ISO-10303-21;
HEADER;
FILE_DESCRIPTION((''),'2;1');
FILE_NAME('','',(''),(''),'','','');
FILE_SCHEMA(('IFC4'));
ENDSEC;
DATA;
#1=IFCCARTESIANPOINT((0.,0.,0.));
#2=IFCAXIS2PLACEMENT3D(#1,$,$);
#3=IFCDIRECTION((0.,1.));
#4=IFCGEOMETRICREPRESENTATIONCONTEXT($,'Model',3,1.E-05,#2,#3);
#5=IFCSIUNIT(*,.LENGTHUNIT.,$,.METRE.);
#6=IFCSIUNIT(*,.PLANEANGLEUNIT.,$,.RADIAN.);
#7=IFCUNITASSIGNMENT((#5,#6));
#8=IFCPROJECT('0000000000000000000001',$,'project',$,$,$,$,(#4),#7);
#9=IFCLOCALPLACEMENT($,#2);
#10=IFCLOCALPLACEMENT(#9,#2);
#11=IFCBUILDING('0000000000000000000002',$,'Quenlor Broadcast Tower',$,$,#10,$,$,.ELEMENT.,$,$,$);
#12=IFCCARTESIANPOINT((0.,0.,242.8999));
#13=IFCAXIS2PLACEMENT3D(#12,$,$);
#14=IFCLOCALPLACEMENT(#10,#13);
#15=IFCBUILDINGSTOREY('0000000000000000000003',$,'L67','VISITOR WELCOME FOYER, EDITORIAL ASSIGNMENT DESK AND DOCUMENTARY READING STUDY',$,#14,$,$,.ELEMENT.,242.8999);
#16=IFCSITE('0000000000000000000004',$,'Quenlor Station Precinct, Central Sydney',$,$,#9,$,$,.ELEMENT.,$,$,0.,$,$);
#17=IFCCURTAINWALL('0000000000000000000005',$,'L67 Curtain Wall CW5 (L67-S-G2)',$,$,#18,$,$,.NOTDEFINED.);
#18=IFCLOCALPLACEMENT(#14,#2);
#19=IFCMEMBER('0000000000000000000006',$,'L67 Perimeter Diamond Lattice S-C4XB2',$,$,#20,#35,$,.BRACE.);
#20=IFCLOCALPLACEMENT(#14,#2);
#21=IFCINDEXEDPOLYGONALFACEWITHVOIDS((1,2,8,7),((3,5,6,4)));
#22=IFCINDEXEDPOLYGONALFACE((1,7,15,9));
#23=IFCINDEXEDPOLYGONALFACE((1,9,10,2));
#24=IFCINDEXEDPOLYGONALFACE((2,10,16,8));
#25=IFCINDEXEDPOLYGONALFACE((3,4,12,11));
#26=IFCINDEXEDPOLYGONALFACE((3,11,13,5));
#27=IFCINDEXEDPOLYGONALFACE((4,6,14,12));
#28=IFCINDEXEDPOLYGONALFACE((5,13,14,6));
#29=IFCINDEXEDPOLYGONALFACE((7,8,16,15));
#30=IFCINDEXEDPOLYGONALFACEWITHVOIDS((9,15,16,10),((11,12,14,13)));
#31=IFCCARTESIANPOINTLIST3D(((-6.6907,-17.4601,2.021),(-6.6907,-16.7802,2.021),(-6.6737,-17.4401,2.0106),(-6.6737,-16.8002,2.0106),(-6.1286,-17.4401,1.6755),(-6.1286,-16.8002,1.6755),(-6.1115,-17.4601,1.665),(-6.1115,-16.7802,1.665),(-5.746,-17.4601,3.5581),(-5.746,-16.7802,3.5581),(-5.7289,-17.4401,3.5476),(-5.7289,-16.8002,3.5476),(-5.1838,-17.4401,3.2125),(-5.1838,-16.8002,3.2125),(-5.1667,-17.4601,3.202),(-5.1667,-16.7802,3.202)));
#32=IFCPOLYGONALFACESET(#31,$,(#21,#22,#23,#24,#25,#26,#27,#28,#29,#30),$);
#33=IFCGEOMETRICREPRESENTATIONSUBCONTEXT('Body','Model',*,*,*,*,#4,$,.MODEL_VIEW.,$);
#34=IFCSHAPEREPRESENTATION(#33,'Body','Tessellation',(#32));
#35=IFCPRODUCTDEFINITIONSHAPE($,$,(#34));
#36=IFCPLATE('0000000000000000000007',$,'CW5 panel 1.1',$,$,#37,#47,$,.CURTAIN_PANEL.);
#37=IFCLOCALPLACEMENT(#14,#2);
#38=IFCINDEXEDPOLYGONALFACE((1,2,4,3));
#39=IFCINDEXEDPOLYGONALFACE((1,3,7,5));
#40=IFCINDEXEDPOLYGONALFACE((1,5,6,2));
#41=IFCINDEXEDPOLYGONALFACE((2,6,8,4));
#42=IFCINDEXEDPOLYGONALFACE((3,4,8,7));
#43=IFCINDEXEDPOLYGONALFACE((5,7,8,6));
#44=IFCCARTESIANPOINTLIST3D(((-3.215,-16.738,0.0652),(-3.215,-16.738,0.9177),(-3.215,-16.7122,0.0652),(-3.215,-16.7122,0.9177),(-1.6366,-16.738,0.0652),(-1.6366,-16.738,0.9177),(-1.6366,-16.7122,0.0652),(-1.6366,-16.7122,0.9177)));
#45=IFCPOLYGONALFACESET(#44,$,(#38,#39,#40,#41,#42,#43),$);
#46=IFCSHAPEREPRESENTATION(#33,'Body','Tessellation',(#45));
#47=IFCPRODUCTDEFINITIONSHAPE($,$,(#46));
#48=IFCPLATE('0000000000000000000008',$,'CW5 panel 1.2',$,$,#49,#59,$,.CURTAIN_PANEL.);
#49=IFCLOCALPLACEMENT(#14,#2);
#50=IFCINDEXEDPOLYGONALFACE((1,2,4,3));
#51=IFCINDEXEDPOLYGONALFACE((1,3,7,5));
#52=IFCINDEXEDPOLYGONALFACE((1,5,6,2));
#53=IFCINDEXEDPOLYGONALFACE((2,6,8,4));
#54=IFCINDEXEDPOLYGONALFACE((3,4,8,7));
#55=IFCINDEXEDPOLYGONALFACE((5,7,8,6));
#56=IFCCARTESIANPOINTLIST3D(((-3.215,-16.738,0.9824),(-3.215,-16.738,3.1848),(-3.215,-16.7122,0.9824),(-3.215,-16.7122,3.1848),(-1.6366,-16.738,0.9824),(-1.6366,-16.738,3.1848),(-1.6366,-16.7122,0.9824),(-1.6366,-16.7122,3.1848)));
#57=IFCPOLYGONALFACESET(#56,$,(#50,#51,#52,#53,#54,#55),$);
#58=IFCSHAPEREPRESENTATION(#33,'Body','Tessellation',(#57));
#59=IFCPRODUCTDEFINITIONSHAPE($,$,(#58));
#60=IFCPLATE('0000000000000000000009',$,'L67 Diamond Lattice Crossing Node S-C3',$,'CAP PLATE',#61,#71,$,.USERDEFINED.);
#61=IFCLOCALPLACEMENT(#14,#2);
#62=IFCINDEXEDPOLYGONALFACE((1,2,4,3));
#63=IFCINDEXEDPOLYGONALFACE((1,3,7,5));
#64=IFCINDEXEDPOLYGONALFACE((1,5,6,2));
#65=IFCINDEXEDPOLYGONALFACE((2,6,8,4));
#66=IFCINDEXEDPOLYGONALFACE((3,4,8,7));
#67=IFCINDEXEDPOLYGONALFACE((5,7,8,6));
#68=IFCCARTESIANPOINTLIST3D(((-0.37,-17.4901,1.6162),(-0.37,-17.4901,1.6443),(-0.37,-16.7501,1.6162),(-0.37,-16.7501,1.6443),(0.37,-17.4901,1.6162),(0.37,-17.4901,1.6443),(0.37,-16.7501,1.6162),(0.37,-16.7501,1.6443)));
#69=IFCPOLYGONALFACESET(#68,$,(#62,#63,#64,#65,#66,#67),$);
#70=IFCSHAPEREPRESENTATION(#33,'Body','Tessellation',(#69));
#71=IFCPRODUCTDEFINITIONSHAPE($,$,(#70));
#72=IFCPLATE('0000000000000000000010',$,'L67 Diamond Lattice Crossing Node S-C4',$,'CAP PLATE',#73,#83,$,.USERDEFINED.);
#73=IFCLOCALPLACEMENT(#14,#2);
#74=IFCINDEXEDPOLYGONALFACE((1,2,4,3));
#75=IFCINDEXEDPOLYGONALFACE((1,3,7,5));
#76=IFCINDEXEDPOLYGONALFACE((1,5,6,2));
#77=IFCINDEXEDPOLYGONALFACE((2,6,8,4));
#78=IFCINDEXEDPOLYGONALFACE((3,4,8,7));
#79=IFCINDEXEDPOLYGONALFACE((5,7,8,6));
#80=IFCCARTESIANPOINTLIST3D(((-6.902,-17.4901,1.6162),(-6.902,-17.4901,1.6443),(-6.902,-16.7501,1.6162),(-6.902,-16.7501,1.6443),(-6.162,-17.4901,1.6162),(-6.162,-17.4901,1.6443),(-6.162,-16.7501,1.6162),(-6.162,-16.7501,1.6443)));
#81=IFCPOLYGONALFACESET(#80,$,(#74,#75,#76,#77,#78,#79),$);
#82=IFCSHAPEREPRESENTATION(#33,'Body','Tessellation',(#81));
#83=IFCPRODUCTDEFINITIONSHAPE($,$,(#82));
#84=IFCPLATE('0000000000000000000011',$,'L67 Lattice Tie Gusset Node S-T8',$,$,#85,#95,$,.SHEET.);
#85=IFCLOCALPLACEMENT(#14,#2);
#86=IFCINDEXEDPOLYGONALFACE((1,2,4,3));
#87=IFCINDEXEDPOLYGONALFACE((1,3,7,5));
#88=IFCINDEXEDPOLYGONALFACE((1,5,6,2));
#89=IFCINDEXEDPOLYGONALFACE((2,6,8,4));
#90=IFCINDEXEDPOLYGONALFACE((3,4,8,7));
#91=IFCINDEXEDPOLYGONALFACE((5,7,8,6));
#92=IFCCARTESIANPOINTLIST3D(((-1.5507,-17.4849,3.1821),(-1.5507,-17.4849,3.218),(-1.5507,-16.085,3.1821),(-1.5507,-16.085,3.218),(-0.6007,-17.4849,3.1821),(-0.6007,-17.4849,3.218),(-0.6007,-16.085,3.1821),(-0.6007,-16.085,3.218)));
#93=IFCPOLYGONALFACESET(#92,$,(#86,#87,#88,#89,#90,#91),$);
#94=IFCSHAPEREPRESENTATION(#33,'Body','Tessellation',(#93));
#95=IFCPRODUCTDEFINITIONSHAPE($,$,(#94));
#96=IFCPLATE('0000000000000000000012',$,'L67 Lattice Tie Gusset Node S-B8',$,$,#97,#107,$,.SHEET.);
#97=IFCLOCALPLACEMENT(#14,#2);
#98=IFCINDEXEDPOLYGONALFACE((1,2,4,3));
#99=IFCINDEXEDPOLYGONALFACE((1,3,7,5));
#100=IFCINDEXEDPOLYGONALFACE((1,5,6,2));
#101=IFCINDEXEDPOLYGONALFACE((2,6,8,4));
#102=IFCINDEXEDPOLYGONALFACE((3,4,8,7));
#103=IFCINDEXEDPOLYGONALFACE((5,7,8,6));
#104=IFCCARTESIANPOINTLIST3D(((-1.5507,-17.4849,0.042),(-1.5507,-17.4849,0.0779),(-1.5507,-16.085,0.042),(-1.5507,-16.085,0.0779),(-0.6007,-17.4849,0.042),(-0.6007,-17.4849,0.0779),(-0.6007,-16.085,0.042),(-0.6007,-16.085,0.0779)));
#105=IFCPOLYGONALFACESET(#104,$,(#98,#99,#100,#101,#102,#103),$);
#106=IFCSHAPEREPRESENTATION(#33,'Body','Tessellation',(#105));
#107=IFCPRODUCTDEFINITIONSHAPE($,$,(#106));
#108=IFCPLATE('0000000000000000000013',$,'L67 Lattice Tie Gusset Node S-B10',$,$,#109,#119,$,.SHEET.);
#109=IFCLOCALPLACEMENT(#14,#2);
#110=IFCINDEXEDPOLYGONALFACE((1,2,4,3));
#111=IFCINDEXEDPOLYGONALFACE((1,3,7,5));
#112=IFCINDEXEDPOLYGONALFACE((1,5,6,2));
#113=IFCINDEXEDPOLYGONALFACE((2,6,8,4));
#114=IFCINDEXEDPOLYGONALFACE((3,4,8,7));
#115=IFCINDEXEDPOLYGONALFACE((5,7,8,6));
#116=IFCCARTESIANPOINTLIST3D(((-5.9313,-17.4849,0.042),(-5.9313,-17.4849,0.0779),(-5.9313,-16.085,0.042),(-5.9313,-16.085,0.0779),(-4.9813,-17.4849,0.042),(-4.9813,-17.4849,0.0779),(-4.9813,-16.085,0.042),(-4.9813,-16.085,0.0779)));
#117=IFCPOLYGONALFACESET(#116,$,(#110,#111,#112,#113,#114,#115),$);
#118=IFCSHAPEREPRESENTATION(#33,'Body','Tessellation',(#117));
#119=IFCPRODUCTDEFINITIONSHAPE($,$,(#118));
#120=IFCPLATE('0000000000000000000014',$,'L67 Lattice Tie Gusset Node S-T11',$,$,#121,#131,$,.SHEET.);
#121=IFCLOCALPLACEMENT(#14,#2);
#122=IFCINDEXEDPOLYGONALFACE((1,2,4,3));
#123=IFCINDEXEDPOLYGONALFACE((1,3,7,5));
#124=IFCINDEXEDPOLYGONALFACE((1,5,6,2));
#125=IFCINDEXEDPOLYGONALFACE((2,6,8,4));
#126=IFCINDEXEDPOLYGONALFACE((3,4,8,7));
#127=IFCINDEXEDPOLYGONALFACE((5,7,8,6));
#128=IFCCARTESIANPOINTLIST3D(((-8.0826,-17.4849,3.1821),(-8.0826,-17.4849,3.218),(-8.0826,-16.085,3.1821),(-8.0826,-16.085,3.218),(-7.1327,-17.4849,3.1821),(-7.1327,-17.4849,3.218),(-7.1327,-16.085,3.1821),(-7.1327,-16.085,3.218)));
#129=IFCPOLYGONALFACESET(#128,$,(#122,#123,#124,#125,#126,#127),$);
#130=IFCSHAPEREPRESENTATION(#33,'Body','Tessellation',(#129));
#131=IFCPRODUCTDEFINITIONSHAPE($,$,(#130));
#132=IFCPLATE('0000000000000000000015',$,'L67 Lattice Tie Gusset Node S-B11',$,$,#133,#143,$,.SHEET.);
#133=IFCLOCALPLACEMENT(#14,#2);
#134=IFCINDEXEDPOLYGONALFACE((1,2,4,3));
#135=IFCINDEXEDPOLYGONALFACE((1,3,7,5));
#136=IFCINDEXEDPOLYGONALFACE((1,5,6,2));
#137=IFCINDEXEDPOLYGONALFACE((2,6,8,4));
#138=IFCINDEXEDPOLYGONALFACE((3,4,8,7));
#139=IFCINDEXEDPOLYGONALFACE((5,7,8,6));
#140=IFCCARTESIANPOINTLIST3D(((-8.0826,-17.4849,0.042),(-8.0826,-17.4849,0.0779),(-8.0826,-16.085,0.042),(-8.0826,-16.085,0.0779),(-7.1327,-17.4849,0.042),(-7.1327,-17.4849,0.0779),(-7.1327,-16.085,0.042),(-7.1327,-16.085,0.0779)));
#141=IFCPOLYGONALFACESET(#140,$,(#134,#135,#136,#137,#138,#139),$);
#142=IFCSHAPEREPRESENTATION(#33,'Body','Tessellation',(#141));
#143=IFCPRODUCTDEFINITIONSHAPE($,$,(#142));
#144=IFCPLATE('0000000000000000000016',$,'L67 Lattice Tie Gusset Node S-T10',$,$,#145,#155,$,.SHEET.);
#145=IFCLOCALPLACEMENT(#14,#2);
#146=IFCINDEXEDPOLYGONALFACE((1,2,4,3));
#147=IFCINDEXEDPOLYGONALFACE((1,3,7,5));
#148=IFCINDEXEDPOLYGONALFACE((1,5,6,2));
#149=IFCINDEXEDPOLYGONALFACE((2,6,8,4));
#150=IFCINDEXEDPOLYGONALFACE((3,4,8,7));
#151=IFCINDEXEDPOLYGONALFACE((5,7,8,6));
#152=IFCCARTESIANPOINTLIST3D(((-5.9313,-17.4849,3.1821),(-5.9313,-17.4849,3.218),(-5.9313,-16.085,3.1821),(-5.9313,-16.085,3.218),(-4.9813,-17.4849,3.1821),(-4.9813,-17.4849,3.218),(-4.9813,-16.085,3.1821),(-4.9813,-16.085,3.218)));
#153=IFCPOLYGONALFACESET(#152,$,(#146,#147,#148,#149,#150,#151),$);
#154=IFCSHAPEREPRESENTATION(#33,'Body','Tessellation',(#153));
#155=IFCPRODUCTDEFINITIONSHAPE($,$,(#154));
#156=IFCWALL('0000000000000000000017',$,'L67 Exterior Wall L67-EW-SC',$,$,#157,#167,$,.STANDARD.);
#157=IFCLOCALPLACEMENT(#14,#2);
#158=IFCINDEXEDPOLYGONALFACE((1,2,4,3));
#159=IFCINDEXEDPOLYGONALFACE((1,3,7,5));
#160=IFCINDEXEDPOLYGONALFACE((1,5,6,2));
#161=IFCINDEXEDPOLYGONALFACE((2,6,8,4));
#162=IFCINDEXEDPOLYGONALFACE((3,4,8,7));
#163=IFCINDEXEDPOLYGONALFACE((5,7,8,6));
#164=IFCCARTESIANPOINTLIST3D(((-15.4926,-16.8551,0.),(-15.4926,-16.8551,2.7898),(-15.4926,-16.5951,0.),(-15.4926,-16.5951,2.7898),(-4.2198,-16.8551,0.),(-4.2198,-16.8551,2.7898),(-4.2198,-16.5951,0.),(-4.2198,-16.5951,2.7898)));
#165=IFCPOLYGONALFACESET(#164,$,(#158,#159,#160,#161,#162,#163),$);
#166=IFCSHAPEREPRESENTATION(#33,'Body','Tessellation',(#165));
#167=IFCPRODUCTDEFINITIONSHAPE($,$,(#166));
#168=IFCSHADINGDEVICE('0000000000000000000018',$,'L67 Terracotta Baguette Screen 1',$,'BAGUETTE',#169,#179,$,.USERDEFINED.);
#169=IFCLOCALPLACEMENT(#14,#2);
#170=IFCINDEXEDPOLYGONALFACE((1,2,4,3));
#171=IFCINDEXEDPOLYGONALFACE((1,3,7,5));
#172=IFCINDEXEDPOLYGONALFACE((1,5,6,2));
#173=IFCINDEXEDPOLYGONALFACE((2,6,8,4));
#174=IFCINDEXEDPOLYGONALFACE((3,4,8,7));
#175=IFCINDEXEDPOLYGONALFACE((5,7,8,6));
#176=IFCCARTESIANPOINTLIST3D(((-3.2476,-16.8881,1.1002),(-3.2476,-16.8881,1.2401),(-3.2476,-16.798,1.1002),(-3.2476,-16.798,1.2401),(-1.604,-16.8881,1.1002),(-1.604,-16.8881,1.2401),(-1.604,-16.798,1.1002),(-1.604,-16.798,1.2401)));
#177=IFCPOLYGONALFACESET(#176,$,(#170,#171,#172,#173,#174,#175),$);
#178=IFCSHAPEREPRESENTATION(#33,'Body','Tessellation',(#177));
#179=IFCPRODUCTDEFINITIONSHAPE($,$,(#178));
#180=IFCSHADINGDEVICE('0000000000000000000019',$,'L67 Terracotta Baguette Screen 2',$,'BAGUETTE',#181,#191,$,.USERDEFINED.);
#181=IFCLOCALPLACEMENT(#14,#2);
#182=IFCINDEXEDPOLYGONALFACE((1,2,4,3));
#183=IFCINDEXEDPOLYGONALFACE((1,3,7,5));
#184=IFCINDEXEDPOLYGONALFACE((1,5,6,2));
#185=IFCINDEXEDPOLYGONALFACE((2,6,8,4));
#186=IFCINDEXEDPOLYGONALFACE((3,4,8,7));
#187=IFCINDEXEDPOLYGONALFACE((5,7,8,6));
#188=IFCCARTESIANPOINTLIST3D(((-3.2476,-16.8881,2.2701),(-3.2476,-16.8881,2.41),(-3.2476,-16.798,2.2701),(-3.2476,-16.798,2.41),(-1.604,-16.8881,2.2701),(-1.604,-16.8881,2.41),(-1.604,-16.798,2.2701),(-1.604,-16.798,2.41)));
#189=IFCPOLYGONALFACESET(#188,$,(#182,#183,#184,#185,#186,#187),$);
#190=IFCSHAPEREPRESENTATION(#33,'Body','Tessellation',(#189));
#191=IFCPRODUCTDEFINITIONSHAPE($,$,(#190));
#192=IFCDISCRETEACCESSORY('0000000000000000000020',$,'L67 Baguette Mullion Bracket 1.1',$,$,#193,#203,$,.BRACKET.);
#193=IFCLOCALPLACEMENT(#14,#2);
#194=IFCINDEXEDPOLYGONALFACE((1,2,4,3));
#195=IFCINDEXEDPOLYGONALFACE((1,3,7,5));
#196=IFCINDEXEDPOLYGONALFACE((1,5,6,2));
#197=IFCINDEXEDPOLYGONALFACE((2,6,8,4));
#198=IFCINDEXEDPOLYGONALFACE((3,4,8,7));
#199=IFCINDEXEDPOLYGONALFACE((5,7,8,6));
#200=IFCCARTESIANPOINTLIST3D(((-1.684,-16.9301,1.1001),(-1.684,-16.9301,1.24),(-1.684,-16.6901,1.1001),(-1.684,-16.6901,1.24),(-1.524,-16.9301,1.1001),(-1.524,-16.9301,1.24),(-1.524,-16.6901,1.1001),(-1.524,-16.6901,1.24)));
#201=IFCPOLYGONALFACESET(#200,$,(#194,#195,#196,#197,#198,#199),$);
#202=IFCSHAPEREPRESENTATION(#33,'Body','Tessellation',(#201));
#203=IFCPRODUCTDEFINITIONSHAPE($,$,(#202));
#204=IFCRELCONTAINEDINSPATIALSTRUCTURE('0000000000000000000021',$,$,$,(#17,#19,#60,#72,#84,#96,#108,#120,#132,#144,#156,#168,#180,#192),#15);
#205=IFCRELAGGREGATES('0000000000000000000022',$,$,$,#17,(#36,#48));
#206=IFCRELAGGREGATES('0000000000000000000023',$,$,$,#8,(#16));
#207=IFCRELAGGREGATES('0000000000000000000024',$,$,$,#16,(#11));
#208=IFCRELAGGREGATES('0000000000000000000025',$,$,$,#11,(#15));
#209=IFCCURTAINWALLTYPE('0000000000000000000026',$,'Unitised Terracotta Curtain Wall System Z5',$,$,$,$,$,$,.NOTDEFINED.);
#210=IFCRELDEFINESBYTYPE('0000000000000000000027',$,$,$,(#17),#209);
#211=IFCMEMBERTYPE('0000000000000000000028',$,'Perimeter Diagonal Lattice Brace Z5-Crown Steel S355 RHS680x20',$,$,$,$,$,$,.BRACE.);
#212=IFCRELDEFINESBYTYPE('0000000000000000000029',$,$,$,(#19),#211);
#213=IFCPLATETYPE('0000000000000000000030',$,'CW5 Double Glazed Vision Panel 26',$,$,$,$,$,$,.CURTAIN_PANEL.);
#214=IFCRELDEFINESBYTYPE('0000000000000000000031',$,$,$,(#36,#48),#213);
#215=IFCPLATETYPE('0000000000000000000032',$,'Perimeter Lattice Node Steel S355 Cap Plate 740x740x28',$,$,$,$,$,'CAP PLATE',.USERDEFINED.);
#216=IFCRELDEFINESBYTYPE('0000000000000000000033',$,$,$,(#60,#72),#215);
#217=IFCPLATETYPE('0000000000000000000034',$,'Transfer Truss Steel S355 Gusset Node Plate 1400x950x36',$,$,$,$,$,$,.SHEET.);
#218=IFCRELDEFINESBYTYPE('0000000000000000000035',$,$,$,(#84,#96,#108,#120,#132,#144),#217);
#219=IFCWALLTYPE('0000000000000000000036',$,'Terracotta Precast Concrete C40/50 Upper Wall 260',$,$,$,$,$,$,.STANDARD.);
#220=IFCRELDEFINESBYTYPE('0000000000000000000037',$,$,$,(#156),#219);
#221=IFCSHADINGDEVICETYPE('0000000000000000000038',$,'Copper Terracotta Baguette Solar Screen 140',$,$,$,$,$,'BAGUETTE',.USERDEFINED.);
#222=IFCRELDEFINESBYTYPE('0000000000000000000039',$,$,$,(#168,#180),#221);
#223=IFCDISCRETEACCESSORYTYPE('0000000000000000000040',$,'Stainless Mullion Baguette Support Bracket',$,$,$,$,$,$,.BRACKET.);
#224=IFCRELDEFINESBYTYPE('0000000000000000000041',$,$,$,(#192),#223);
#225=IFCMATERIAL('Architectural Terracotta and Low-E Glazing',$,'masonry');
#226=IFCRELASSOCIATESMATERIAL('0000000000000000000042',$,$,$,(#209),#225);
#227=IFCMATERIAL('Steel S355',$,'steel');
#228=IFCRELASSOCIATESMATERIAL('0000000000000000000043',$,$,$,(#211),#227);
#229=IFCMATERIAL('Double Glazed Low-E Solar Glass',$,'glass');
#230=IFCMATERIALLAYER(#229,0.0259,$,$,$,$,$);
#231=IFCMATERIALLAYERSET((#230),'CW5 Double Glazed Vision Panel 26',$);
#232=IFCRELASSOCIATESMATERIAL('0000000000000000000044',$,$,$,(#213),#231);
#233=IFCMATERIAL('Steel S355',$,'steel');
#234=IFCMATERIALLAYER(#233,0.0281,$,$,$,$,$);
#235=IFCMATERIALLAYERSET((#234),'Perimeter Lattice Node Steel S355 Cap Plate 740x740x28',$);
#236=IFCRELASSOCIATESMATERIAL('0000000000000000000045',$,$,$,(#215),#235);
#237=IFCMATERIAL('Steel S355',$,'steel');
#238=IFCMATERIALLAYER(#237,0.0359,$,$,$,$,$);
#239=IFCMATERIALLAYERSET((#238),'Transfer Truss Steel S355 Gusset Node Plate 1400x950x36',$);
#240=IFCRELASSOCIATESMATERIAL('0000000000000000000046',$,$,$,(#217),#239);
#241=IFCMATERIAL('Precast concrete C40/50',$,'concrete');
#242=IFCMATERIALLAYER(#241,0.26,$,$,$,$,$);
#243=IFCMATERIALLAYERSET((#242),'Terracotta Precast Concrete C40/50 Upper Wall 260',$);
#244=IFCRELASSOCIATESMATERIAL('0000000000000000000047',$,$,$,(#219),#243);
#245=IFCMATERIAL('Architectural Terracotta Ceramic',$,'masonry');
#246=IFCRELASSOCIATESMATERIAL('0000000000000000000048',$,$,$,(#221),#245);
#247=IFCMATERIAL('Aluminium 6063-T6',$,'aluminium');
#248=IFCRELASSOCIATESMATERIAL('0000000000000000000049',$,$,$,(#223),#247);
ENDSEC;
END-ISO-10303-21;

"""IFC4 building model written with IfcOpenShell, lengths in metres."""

from ifc_helpers import new_model, si_unit, direction, frame, frame_2d, origin, origin_2d, place, context, subcontext, project, spatial, rectangle, hollow_rectangle, extrude, material, layer, layer_set, material_profile, profile_set, type_object, element, aggregate, save


model = new_model("IFC4")

# Units and contexts
model_context = context("Model", 3, precision=1e-05, world=origin(), true_north=direction((0.0, 1.0)))
body_context = subcontext(model_context, "Body", "Model", "MODEL_VIEW")
ifc_project = project(units=[si_unit("LENGTHUNIT", "METRE"), si_unit("PLANEANGLEUNIT", "RADIAN")], contexts=[model_context])

# Site, building, storey
site_placement = place(None, origin())
site = spatial("IfcSite", under=ifc_project, at=site_placement, Name="Quenlor Station Precinct, Central Sydney", CompositionType="ELEMENT", RefElevation=0.0)
building_placement = place(site_placement, origin())
building = spatial("IfcBuilding", under=site, at=building_placement, Name="Quenlor Broadcast Tower", CompositionType="ELEMENT")
storey_placement = place(building_placement, frame((0.0, 0.0, 242.8999)))
storey = spatial("IfcBuildingStorey", under=building, at=storey_placement, Name="L67", Description="VISITOR WELCOME FOYER, EDITORIAL ASSIGNMENT DESK AND DOCUMENTARY READING STUDY", CompositionType="ELEMENT", Elevation=242.8999)

# Curtain wall
ifc_material_1 = material(Name="Architectural Terracotta and Low-E Glazing", Category="masonry")
curtain_wall_type = type_object("IfcCurtainWallType", Name="Unitised Terracotta Curtain Wall System Z5", PredefinedType="NOTDEFINED", material=ifc_material_1)
curtain_wall_placement = place(storey_placement, origin())
curtain_wall = element("IfcCurtainWall", 1, at=curtain_wall_placement, inside=storey, type_object=curtain_wall_type, Name="L67 Curtain Wall CW5 (L67-S-G2)", PredefinedType="NOTDEFINED")

# Member
ifc_material_2 = material(Name="Steel S355", Category="steel")
ifc_material_profile_1 = material_profile(ifc_material_2, hollow_rectangle(XDim=0.6799, YDim=0.6799, WallThickness=0.02, at=origin_2d()))
ifc_profile_set_1 = profile_set([ifc_material_profile_1], Name="Steel S355 RHS680x680x20")
member_type_1 = type_object("IfcMemberType", Name="Perimeter Diagonal Lattice Brace Z5-Crown Steel S355 RHS680x20", PredefinedType="BRACE", material=ifc_profile_set_1)
member_1_placement = place(storey_placement, frame((-6.4011, -17.1201, 1.843), z_axis=(0.523659, 0.0, 0.851928), x_axis=(0.0, 1.0, 0.0)))
element("IfcMember", 2, at=member_1_placement, inside=storey, type_object=member_type_1, Name="L67 Perimeter Diamond Lattice S-C4XB2", PredefinedType="BRACE", context=body_context, shape_type="SweptSolid", body=[
    extrude(hollow_rectangle(XDim=0.6799, YDim=0.6799, WallThickness=0.02, at=origin_2d()), origin(), (0.0, 0.0, 1.0), 1.8042),
])

# Plates
ifc_material_3 = material(Name="Double Glazed Low-E Solar Glass", Category="glass")
ifc_layer_1 = layer(ifc_material_3, 0.0259)
ifc_layer_set_1 = layer_set([ifc_layer_1], Name="CW5 Double Glazed Vision Panel 26")
plate_type_1 = type_object("IfcPlateType", Name="CW5 Double Glazed Vision Panel 26", PredefinedType="CURTAIN_PANEL", material=ifc_layer_set_1)
plate_1_placement = place(storey_placement, frame((-2.4258, -16.7251, 0.0652), z_axis=(0.0, 0.0, 1.0), x_axis=(-1.0, 0.0, 0.0)))
plate_1 = element("IfcPlate", 3, at=plate_1_placement, type_object=plate_type_1, Name="CW5 panel 1.1", PredefinedType="CURTAIN_PANEL", context=body_context, shape_type="SweptSolid", body=[
    extrude(rectangle(XDim=1.5784, YDim=0.0259, at=origin_2d()), origin(), (0.0, 0.0, 1.0), 0.8525),
])
plate_2_placement = place(storey_placement, frame((-2.4258, -16.7251, 0.9824), z_axis=(0.0, 0.0, 1.0), x_axis=(-1.0, 0.0, 0.0)))
plate_2 = element("IfcPlate", 4, at=plate_2_placement, type_object=plate_type_1, Name="CW5 panel 1.2", PredefinedType="CURTAIN_PANEL", context=body_context, shape_type="SweptSolid", body=[
    extrude(rectangle(XDim=1.5784, YDim=0.0259, at=origin_2d()), origin(), (0.0, 0.0, 1.0), 2.2024),
])
aggregate(curtain_wall, [plate_1, plate_2])

# Plates
ifc_material_4 = material(Name="Steel S355", Category="steel")
ifc_layer_2 = layer(ifc_material_4, 0.0281)
ifc_layer_set_2 = layer_set([ifc_layer_2], Name="Perimeter Lattice Node Steel S355 Cap Plate 740x740x28")
plate_type_2 = type_object("IfcPlateType", Name="Perimeter Lattice Node Steel S355 Cap Plate 740x740x28", ElementType="CAP PLATE", PredefinedType="USERDEFINED", material=ifc_layer_set_2)
for number, where, z_axis, x_axis, name in (
    (5, (0.0, -17.1201, 1.6162), (0.0, 0.0, 1.0), (-1.0, 0.0, 0.0), "L67 Diamond Lattice Crossing Node S-C3"),
    (6, (-6.532, -17.1201, 1.6162), (0.0, 0.0, 1.0), (-1.0, 0.0, 0.0), "L67 Diamond Lattice Crossing Node S-C4"),
):
    element("IfcPlate", number, at=place(storey_placement, frame(where, z_axis=z_axis, x_axis=x_axis)), inside=storey, type_object=plate_type_2, Name=name, ObjectType="CAP PLATE", PredefinedType="USERDEFINED", context=body_context, shape_type="SweptSolid", body=[
        extrude(rectangle(XDim=0.74, YDim=0.74, at=origin_2d()), origin(), (0.0, 0.0, 1.0), 0.0281),
    ])
ifc_material_5 = material(Name="Steel S355", Category="steel")
ifc_layer_3 = layer(ifc_material_5, 0.0359)
ifc_layer_set_3 = layer_set([ifc_layer_3], Name="Transfer Truss Steel S355 Gusset Node Plate 1400x950x36")
plate_type_3 = type_object("IfcPlateType", Name="Transfer Truss Steel S355 Gusset Node Plate 1400x950x36", PredefinedType="SHEET", material=ifc_layer_set_3)
for number, where, z_axis, x_axis, name in (
    (7, (-1.0757, -16.7849, 3.1821), (0.0, 0.0, 1.0), (0.0, -1.0, 0.0), "L67 Lattice Tie Gusset Node S-T8"),
    (8, (-1.0757, -16.7849, 0.042), (0.0, 0.0, 1.0), (0.0, -1.0, 0.0), "L67 Lattice Tie Gusset Node S-B8"),
    (9, (-5.4563, -16.7849, 0.042), (0.0, 0.0, 1.0), (0.0, -1.0, 0.0), "L67 Lattice Tie Gusset Node S-B10"),
    (10, (-7.6077, -16.7849, 3.1821), (0.0, 0.0, 1.0), (0.0, -1.0, 0.0), "L67 Lattice Tie Gusset Node S-T11"),
    (11, (-7.6077, -16.7849, 0.042), (0.0, 0.0, 1.0), (0.0, -1.0, 0.0), "L67 Lattice Tie Gusset Node S-B11"),
    (12, (-5.4563, -16.7849, 3.1821), (0.0, 0.0, 1.0), (0.0, -1.0, 0.0), "L67 Lattice Tie Gusset Node S-T10"),
):
    element("IfcPlate", number, at=place(storey_placement, frame(where, z_axis=z_axis, x_axis=x_axis)), inside=storey, type_object=plate_type_3, Name=name, PredefinedType="SHEET", context=body_context, shape_type="SweptSolid", body=[
        extrude(rectangle(XDim=1.3999, YDim=0.95, at=origin_2d()), origin(), (0.0, 0.0, 1.0), 0.0359),
    ])

# Wall
ifc_material_6 = material(Name="Precast concrete C40/50", Category="concrete")
ifc_layer_4 = layer(ifc_material_6, 0.26)
ifc_layer_set_4 = layer_set([ifc_layer_4], Name="Terracotta Precast Concrete C40/50 Upper Wall 260")
wall_type = type_object("IfcWallType", Name="Terracotta Precast Concrete C40/50 Upper Wall 260", PredefinedType="STANDARD", material=ifc_layer_set_4)
wall_placement = place(storey_placement, frame((-4.22, -16.7251, 0.0), z_axis=(0.0, 0.0, 1.0), x_axis=(-1.0, 0.0, 0.0)))
element("IfcWall", 13, at=wall_placement, inside=storey, type_object=wall_type, Name="L67 Exterior Wall L67-EW-SC", PredefinedType="STANDARD", context=body_context, shape_type="SweptSolid", body=[
    extrude(rectangle(XDim=11.2727, YDim=0.26, at=frame_2d((5.6362, 0.0))), origin(), (0.0, 0.0, 1.0), 2.7898),
])

# Shading devices
ifc_material_7 = material(Name="Architectural Terracotta Ceramic", Category="masonry")
ifc_material_profile_2 = material_profile(ifc_material_7, rectangle(XDim=0.0901, YDim=0.1399, at=origin_2d()))
ifc_profile_set_2 = profile_set([ifc_material_profile_2], Name="Architectural Terracotta Ceramic BAG90x140")
shading_device_type = type_object("IfcShadingDeviceType", Name="Copper Terracotta Baguette Solar Screen 140", ElementType="BAGUETTE", PredefinedType="USERDEFINED", material=ifc_profile_set_2)
for number, where, z_axis, x_axis, name in (
    (14, (-1.604, -16.843, 1.1702), (-1.0, 0.0, 0.0), (0.0, -1.0, 0.0), "L67 Terracotta Baguette Screen 1"),
    (15, (-1.604, -16.843, 2.3401), (-1.0, 0.0, 0.0), (0.0, -1.0, 0.0), "L67 Terracotta Baguette Screen 2"),
):
    element("IfcShadingDevice", number, at=place(storey_placement, frame(where, z_axis=z_axis, x_axis=x_axis)), inside=storey, type_object=shading_device_type, Name=name, ObjectType="BAGUETTE", PredefinedType="USERDEFINED", context=body_context, shape_type="SweptSolid", body=[
        extrude(rectangle(XDim=0.0901, YDim=0.1399, at=origin_2d()), origin(), (0.0, 0.0, 1.0), 1.6436),
    ])

# Discrete accessory
ifc_material_8 = material(Name="Aluminium 6063-T6", Category="aluminium")
discrete_accessory_type = type_object("IfcDiscreteAccessoryType", Name="Stainless Mullion Baguette Support Bracket", PredefinedType="BRACKET", material=ifc_material_8)
for number, where, z_axis, x_axis, name in (
    (16, (-1.604, -16.8101, 1.1001), (0.0, 0.0, 1.0), (-1.0, 0.0, 0.0), "L67 Baguette Mullion Bracket 1.1"),
):
    element("IfcDiscreteAccessory", number, at=place(storey_placement, frame(where, z_axis=z_axis, x_axis=x_axis)), inside=storey, type_object=discrete_accessory_type, Name=name, PredefinedType="BRACKET", context=body_context, shape_type="SweptSolid", body=[
        extrude(rectangle(XDim=0.1599, YDim=0.24, at=origin_2d()), origin(), (0.0, 0.0, 1.0), 0.1399),
    ])

save(model, "model.ifc")
